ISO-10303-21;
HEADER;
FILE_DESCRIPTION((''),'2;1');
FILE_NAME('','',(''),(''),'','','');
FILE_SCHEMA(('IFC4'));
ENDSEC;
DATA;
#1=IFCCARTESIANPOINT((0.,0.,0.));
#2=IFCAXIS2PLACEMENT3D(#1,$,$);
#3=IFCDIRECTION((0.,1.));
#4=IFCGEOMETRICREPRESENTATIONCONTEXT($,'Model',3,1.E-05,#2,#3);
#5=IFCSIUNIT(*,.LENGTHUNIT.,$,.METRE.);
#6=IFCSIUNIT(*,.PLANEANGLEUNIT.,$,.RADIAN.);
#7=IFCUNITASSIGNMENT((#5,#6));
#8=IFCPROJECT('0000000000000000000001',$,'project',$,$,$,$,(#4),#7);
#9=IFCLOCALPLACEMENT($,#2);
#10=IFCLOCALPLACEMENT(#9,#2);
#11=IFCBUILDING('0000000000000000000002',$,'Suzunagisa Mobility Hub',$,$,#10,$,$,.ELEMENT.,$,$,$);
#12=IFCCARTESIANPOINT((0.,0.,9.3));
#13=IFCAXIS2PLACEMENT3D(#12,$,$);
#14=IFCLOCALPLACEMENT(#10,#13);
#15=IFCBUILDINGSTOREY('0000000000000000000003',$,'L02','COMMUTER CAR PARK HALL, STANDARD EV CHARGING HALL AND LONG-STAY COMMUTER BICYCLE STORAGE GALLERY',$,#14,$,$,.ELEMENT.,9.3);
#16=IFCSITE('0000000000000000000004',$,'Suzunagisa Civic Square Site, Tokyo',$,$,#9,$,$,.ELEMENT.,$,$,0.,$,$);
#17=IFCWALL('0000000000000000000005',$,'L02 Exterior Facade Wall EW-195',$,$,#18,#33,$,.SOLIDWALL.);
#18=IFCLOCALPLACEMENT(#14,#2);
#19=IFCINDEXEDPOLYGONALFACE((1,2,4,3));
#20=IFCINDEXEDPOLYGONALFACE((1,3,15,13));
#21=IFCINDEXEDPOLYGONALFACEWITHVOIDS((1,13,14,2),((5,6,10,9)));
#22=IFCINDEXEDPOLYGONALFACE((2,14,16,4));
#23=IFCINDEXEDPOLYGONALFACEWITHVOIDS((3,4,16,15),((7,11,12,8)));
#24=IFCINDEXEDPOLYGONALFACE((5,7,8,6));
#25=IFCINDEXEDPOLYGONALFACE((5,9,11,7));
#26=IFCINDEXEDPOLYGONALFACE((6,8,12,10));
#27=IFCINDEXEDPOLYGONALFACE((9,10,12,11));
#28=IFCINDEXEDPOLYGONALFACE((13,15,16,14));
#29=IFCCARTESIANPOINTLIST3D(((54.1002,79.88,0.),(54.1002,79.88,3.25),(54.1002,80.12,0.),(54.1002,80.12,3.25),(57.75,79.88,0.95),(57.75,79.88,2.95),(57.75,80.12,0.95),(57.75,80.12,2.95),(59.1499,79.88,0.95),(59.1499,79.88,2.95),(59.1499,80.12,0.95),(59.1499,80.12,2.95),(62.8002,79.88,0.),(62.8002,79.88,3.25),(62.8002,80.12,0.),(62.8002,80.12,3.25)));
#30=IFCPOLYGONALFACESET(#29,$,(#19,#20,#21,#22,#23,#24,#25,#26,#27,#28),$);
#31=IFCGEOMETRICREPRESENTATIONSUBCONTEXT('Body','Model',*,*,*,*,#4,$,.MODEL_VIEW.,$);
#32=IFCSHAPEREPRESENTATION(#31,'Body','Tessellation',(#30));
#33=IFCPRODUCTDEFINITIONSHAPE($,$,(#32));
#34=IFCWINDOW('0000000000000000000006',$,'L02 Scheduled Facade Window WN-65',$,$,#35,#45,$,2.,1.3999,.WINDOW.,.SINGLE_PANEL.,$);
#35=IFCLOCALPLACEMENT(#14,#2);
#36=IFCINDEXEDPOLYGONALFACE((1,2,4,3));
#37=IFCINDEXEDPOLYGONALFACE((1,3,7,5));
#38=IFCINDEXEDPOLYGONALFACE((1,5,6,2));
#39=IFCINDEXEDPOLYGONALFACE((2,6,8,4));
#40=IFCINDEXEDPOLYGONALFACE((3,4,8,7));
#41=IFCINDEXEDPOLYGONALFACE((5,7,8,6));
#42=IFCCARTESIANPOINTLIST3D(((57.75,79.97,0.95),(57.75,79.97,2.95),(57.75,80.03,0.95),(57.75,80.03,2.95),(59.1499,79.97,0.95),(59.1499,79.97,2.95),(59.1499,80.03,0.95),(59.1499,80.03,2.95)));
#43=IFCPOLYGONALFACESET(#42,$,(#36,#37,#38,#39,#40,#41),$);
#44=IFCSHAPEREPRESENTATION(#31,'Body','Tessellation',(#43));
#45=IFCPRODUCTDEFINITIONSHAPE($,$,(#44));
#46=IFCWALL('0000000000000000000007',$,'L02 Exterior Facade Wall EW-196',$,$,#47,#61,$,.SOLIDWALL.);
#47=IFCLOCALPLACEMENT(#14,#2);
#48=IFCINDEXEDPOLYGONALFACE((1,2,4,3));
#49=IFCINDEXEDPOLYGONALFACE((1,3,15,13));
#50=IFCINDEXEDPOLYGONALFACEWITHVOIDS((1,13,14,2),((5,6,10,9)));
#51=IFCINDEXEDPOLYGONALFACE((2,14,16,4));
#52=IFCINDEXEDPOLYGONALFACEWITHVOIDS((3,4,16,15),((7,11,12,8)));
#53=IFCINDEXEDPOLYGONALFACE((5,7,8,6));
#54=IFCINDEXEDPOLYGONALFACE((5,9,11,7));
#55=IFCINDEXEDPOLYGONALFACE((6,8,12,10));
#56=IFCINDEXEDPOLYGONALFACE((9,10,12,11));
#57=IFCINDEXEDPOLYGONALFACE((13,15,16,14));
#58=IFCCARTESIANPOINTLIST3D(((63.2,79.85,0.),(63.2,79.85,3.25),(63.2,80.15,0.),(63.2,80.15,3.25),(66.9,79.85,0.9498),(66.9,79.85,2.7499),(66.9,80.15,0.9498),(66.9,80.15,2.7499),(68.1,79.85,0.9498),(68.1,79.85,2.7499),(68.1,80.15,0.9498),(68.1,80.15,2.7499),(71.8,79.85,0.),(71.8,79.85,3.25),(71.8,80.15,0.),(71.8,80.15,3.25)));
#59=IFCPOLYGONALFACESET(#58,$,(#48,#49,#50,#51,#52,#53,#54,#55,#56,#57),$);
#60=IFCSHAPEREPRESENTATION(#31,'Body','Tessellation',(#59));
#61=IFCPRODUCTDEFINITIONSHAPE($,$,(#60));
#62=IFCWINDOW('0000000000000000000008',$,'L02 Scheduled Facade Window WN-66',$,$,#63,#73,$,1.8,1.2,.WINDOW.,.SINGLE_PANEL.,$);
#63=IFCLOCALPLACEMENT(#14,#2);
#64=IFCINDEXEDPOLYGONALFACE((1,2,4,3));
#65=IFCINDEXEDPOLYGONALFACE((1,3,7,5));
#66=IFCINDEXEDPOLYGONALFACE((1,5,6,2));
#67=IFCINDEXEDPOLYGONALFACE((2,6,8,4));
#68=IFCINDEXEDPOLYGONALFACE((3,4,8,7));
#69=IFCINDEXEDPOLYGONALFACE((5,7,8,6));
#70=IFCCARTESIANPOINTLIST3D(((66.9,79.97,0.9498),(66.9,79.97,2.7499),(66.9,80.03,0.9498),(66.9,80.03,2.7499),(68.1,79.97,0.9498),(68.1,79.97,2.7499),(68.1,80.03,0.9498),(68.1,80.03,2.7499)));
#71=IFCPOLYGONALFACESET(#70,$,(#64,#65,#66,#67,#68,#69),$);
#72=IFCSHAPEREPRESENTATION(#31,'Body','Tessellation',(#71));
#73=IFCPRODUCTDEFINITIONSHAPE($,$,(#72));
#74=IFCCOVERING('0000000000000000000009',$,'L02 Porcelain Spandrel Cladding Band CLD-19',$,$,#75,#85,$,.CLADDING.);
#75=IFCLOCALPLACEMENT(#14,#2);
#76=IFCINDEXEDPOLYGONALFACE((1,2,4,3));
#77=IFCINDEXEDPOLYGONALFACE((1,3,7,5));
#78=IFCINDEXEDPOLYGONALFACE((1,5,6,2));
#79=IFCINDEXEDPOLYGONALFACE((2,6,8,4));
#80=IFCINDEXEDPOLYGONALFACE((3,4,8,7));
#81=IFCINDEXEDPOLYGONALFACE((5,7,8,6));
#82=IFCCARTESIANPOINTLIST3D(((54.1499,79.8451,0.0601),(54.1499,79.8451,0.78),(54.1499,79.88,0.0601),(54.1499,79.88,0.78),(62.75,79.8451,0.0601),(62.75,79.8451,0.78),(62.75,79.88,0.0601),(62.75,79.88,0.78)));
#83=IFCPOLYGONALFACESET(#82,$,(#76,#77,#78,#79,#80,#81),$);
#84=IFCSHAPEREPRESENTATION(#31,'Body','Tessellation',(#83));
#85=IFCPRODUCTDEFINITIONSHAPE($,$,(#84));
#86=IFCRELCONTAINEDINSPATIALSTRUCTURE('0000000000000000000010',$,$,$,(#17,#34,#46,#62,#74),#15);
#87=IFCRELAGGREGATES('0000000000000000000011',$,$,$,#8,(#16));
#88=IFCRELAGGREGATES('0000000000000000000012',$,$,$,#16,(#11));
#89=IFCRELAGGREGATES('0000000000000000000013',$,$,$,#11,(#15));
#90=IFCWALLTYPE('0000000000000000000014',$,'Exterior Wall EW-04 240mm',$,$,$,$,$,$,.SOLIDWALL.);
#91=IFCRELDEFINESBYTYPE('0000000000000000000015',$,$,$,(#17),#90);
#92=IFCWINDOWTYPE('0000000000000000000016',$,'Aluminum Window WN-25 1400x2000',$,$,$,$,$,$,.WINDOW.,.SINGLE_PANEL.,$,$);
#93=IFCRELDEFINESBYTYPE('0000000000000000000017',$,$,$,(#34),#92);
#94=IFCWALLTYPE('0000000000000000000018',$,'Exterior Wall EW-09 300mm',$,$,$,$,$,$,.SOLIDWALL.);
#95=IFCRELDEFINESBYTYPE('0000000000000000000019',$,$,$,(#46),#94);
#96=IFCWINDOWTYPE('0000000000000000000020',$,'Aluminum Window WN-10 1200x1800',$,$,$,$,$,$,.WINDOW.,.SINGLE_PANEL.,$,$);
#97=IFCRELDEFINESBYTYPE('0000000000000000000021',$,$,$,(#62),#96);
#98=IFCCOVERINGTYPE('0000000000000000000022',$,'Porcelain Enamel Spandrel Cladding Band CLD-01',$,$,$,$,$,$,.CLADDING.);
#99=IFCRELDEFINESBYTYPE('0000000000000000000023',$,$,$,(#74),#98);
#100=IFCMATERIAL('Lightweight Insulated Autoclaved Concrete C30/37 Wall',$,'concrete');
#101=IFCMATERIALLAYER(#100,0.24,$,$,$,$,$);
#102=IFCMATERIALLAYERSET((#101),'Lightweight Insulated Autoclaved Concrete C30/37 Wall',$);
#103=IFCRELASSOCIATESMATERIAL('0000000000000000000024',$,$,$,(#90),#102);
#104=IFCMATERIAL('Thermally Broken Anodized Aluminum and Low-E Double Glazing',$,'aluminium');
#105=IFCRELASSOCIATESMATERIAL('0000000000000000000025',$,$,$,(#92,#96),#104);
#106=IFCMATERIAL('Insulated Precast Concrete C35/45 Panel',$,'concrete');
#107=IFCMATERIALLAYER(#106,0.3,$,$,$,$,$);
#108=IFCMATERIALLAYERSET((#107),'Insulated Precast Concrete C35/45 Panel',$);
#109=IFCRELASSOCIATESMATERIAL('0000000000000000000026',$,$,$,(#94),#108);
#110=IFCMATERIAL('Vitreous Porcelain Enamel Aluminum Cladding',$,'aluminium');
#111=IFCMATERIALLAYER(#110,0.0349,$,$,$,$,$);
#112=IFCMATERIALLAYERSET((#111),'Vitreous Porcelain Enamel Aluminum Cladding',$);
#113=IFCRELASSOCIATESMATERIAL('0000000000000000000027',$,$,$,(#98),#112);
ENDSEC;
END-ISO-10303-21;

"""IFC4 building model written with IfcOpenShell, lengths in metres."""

from ifc_helpers import new_model, si_unit, direction, frame, frame_2d, origin, origin_2d, place, context, subcontext, project, spatial, rectangle, extrude, material, layer, layer_set, type_object, element, fill, save


model = new_model("IFC4")

# Units and contexts
model_context = context("Model", 3, precision=1e-05, world=origin(), true_north=direction((0.0, 1.0)))
body_context = subcontext(model_context, "Body", "Model", "MODEL_VIEW")
ifc_project = project(units=[si_unit("LENGTHUNIT", "METRE"), si_unit("PLANEANGLEUNIT", "RADIAN")], contexts=[model_context])

# Site, building, storey
site_placement = place(None, origin())
site = spatial("IfcSite", under=ifc_project, at=site_placement, Name="Suzunagisa Civic Square Site, Tokyo", CompositionType="ELEMENT", RefElevation=0.0)
building_placement = place(site_placement, origin())
building = spatial("IfcBuilding", under=site, at=building_placement, Name="Suzunagisa Mobility Hub", CompositionType="ELEMENT")
storey_placement = place(building_placement, frame((0.0, 0.0, 9.3)))
storey = spatial("IfcBuildingStorey", under=building, at=storey_placement, Name="L02", Description="COMMUTER CAR PARK HALL, STANDARD EV CHARGING HALL AND LONG-STAY COMMUTER BICYCLE STORAGE GALLERY", CompositionType="ELEMENT", Elevation=9.3)

# Walls, openings, windows
ifc_material_1 = material(Name="Lightweight Insulated Autoclaved Concrete C30/37 Wall", Category="concrete")
ifc_layer_1 = layer(ifc_material_1, 0.24)
ifc_layer_set_1 = layer_set([ifc_layer_1], Name="Lightweight Insulated Autoclaved Concrete C30/37 Wall")
wall_type_1 = type_object("IfcWallType", Name="Exterior Wall EW-04 240mm", PredefinedType="SOLIDWALL", material=ifc_layer_set_1)
wall_1_placement = place(storey_placement, frame((54.1001, 80.0, 0.0), z_axis=(0.0, 0.0, 1.0), x_axis=(1.0, 0.0, 0.0)))
wall_1 = element("IfcWall", 1, at=wall_1_placement, inside=storey, type_object=wall_type_1, Name="L02 Exterior Facade Wall EW-195", PredefinedType="SOLIDWALL", context=body_context, shape_type="SweptSolid", body=[
    extrude(rectangle(XDim=8.7, YDim=0.24, at=frame_2d((4.3501, 0.0))), origin(), (0.0, 0.0, 1.0), 3.25),
])
opening_1_placement = place(wall_1_placement, frame((3.6499, 0.0, 0.95)))
opening_1 = element("IfcOpeningElement", 2, at=opening_1_placement, cuts=wall_1, PredefinedType="OPENING", context=body_context, shape_type="SweptSolid", body=[
    extrude(rectangle(XDim=1.3999, YDim=2.0, at=frame_2d((0.7, 1.0))), frame((0.0, 0.1309, 0.0), z_axis=(0.0, -1.0, 0.0), x_axis=(1.0, 0.0, 0.0)), (0.0, 0.0, 1.0), 0.262),
])
ifc_material_2 = material(Name="Thermally Broken Anodized Aluminum and Low-E Double Glazing", Category="aluminium")
window_type_1 = type_object("IfcWindowType", Name="Aluminum Window WN-25 1400x2000", PartitioningType="SINGLE_PANEL", PredefinedType="WINDOW", material=ifc_material_2)
window_1_placement = place(opening_1_placement, origin())
window_1 = element("IfcWindow", 3, at=window_1_placement, inside=storey, type_object=window_type_1, Name="L02 Scheduled Facade Window WN-65", OverallHeight=2.0, OverallWidth=1.3999, PartitioningType="SINGLE_PANEL", PredefinedType="WINDOW", context=body_context, shape_type="SweptSolid", body=[
    extrude(rectangle(XDim=1.3999, YDim=2.0, at=frame_2d((0.7, 1.0))), frame((0.0, 0.03, 0.0), z_axis=(0.0, -1.0, 0.0), x_axis=(1.0, 0.0, 0.0)), (0.0, 0.0, 1.0), 0.0601),
])
fill(opening_1, window_1)
ifc_material_3 = material(Name="Insulated Precast Concrete C35/45 Panel", Category="concrete")
ifc_layer_2 = layer(ifc_material_3, 0.3)
ifc_layer_set_2 = layer_set([ifc_layer_2], Name="Insulated Precast Concrete C35/45 Panel")
wall_type_2 = type_object("IfcWallType", Name="Exterior Wall EW-09 300mm", PredefinedType="SOLIDWALL", material=ifc_layer_set_2)
wall_2_placement = place(storey_placement, frame((63.2, 80.0, 0.0), z_axis=(0.0, 0.0, 1.0), x_axis=(1.0, 0.0, 0.0)))
wall_2 = element("IfcWall", 4, at=wall_2_placement, inside=storey, type_object=wall_type_2, Name="L02 Exterior Facade Wall EW-196", PredefinedType="SOLIDWALL", context=body_context, shape_type="SweptSolid", body=[
    extrude(rectangle(XDim=8.6001, YDim=0.3, at=frame_2d((4.3, 0.0))), origin(), (0.0, 0.0, 1.0), 3.25),
])
opening_2_placement = place(wall_2_placement, frame((3.7, 0.0, 0.95)))
opening_2 = element("IfcOpeningElement", 5, at=opening_2_placement, cuts=wall_2, PredefinedType="OPENING", context=body_context, shape_type="SweptSolid", body=[
    extrude(rectangle(XDim=1.2, YDim=1.8, at=frame_2d((0.6001, 0.8999))), frame((0.0, 0.1611, 0.0), z_axis=(0.0, -1.0, 0.0), x_axis=(1.0, 0.0, 0.0)), (0.0, 0.0, 1.0), 0.322),
])
window_type_2 = type_object("IfcWindowType", Name="Aluminum Window WN-10 1200x1800", PartitioningType="SINGLE_PANEL", PredefinedType="WINDOW", material=ifc_material_2)
window_2_placement = place(opening_2_placement, origin())
window_2 = element("IfcWindow", 6, at=window_2_placement, inside=storey, type_object=window_type_2, Name="L02 Scheduled Facade Window WN-66", OverallHeight=1.8, OverallWidth=1.2, PartitioningType="SINGLE_PANEL", PredefinedType="WINDOW", context=body_context, shape_type="SweptSolid", body=[
    extrude(rectangle(XDim=1.2, YDim=1.8, at=frame_2d((0.6001, 0.8999))), frame((0.0, 0.03, 0.0), z_axis=(0.0, -1.0, 0.0), x_axis=(1.0, 0.0, 0.0)), (0.0, 0.0, 1.0), 0.0601),
])
fill(opening_2, window_2)

# Covering
ifc_material_4 = material(Name="Vitreous Porcelain Enamel Aluminum Cladding", Category="aluminium")
ifc_layer_3 = layer(ifc_material_4, 0.0349)
ifc_layer_set_3 = layer_set([ifc_layer_3], Name="Vitreous Porcelain Enamel Aluminum Cladding")
covering_type = type_object("IfcCoveringType", Name="Porcelain Enamel Spandrel Cladding Band CLD-01", PredefinedType="CLADDING", material=ifc_layer_set_3)
covering_placement = place(storey_placement, frame((58.45, 79.8625, 0.0601), z_axis=(0.0, 0.0, 1.0), x_axis=(1.0, 0.0, 0.0)))
element("IfcCovering", 7, at=covering_placement, inside=storey, type_object=covering_type, Name="L02 Porcelain Spandrel Cladding Band CLD-19", PredefinedType="CLADDING", context=body_context, shape_type="SweptSolid", body=[
    extrude(rectangle(XDim=8.6001, YDim=0.0349, at=origin_2d()), origin(), (0.0, 0.0, 1.0), 0.72),
])

save(model, "model.ifc")
